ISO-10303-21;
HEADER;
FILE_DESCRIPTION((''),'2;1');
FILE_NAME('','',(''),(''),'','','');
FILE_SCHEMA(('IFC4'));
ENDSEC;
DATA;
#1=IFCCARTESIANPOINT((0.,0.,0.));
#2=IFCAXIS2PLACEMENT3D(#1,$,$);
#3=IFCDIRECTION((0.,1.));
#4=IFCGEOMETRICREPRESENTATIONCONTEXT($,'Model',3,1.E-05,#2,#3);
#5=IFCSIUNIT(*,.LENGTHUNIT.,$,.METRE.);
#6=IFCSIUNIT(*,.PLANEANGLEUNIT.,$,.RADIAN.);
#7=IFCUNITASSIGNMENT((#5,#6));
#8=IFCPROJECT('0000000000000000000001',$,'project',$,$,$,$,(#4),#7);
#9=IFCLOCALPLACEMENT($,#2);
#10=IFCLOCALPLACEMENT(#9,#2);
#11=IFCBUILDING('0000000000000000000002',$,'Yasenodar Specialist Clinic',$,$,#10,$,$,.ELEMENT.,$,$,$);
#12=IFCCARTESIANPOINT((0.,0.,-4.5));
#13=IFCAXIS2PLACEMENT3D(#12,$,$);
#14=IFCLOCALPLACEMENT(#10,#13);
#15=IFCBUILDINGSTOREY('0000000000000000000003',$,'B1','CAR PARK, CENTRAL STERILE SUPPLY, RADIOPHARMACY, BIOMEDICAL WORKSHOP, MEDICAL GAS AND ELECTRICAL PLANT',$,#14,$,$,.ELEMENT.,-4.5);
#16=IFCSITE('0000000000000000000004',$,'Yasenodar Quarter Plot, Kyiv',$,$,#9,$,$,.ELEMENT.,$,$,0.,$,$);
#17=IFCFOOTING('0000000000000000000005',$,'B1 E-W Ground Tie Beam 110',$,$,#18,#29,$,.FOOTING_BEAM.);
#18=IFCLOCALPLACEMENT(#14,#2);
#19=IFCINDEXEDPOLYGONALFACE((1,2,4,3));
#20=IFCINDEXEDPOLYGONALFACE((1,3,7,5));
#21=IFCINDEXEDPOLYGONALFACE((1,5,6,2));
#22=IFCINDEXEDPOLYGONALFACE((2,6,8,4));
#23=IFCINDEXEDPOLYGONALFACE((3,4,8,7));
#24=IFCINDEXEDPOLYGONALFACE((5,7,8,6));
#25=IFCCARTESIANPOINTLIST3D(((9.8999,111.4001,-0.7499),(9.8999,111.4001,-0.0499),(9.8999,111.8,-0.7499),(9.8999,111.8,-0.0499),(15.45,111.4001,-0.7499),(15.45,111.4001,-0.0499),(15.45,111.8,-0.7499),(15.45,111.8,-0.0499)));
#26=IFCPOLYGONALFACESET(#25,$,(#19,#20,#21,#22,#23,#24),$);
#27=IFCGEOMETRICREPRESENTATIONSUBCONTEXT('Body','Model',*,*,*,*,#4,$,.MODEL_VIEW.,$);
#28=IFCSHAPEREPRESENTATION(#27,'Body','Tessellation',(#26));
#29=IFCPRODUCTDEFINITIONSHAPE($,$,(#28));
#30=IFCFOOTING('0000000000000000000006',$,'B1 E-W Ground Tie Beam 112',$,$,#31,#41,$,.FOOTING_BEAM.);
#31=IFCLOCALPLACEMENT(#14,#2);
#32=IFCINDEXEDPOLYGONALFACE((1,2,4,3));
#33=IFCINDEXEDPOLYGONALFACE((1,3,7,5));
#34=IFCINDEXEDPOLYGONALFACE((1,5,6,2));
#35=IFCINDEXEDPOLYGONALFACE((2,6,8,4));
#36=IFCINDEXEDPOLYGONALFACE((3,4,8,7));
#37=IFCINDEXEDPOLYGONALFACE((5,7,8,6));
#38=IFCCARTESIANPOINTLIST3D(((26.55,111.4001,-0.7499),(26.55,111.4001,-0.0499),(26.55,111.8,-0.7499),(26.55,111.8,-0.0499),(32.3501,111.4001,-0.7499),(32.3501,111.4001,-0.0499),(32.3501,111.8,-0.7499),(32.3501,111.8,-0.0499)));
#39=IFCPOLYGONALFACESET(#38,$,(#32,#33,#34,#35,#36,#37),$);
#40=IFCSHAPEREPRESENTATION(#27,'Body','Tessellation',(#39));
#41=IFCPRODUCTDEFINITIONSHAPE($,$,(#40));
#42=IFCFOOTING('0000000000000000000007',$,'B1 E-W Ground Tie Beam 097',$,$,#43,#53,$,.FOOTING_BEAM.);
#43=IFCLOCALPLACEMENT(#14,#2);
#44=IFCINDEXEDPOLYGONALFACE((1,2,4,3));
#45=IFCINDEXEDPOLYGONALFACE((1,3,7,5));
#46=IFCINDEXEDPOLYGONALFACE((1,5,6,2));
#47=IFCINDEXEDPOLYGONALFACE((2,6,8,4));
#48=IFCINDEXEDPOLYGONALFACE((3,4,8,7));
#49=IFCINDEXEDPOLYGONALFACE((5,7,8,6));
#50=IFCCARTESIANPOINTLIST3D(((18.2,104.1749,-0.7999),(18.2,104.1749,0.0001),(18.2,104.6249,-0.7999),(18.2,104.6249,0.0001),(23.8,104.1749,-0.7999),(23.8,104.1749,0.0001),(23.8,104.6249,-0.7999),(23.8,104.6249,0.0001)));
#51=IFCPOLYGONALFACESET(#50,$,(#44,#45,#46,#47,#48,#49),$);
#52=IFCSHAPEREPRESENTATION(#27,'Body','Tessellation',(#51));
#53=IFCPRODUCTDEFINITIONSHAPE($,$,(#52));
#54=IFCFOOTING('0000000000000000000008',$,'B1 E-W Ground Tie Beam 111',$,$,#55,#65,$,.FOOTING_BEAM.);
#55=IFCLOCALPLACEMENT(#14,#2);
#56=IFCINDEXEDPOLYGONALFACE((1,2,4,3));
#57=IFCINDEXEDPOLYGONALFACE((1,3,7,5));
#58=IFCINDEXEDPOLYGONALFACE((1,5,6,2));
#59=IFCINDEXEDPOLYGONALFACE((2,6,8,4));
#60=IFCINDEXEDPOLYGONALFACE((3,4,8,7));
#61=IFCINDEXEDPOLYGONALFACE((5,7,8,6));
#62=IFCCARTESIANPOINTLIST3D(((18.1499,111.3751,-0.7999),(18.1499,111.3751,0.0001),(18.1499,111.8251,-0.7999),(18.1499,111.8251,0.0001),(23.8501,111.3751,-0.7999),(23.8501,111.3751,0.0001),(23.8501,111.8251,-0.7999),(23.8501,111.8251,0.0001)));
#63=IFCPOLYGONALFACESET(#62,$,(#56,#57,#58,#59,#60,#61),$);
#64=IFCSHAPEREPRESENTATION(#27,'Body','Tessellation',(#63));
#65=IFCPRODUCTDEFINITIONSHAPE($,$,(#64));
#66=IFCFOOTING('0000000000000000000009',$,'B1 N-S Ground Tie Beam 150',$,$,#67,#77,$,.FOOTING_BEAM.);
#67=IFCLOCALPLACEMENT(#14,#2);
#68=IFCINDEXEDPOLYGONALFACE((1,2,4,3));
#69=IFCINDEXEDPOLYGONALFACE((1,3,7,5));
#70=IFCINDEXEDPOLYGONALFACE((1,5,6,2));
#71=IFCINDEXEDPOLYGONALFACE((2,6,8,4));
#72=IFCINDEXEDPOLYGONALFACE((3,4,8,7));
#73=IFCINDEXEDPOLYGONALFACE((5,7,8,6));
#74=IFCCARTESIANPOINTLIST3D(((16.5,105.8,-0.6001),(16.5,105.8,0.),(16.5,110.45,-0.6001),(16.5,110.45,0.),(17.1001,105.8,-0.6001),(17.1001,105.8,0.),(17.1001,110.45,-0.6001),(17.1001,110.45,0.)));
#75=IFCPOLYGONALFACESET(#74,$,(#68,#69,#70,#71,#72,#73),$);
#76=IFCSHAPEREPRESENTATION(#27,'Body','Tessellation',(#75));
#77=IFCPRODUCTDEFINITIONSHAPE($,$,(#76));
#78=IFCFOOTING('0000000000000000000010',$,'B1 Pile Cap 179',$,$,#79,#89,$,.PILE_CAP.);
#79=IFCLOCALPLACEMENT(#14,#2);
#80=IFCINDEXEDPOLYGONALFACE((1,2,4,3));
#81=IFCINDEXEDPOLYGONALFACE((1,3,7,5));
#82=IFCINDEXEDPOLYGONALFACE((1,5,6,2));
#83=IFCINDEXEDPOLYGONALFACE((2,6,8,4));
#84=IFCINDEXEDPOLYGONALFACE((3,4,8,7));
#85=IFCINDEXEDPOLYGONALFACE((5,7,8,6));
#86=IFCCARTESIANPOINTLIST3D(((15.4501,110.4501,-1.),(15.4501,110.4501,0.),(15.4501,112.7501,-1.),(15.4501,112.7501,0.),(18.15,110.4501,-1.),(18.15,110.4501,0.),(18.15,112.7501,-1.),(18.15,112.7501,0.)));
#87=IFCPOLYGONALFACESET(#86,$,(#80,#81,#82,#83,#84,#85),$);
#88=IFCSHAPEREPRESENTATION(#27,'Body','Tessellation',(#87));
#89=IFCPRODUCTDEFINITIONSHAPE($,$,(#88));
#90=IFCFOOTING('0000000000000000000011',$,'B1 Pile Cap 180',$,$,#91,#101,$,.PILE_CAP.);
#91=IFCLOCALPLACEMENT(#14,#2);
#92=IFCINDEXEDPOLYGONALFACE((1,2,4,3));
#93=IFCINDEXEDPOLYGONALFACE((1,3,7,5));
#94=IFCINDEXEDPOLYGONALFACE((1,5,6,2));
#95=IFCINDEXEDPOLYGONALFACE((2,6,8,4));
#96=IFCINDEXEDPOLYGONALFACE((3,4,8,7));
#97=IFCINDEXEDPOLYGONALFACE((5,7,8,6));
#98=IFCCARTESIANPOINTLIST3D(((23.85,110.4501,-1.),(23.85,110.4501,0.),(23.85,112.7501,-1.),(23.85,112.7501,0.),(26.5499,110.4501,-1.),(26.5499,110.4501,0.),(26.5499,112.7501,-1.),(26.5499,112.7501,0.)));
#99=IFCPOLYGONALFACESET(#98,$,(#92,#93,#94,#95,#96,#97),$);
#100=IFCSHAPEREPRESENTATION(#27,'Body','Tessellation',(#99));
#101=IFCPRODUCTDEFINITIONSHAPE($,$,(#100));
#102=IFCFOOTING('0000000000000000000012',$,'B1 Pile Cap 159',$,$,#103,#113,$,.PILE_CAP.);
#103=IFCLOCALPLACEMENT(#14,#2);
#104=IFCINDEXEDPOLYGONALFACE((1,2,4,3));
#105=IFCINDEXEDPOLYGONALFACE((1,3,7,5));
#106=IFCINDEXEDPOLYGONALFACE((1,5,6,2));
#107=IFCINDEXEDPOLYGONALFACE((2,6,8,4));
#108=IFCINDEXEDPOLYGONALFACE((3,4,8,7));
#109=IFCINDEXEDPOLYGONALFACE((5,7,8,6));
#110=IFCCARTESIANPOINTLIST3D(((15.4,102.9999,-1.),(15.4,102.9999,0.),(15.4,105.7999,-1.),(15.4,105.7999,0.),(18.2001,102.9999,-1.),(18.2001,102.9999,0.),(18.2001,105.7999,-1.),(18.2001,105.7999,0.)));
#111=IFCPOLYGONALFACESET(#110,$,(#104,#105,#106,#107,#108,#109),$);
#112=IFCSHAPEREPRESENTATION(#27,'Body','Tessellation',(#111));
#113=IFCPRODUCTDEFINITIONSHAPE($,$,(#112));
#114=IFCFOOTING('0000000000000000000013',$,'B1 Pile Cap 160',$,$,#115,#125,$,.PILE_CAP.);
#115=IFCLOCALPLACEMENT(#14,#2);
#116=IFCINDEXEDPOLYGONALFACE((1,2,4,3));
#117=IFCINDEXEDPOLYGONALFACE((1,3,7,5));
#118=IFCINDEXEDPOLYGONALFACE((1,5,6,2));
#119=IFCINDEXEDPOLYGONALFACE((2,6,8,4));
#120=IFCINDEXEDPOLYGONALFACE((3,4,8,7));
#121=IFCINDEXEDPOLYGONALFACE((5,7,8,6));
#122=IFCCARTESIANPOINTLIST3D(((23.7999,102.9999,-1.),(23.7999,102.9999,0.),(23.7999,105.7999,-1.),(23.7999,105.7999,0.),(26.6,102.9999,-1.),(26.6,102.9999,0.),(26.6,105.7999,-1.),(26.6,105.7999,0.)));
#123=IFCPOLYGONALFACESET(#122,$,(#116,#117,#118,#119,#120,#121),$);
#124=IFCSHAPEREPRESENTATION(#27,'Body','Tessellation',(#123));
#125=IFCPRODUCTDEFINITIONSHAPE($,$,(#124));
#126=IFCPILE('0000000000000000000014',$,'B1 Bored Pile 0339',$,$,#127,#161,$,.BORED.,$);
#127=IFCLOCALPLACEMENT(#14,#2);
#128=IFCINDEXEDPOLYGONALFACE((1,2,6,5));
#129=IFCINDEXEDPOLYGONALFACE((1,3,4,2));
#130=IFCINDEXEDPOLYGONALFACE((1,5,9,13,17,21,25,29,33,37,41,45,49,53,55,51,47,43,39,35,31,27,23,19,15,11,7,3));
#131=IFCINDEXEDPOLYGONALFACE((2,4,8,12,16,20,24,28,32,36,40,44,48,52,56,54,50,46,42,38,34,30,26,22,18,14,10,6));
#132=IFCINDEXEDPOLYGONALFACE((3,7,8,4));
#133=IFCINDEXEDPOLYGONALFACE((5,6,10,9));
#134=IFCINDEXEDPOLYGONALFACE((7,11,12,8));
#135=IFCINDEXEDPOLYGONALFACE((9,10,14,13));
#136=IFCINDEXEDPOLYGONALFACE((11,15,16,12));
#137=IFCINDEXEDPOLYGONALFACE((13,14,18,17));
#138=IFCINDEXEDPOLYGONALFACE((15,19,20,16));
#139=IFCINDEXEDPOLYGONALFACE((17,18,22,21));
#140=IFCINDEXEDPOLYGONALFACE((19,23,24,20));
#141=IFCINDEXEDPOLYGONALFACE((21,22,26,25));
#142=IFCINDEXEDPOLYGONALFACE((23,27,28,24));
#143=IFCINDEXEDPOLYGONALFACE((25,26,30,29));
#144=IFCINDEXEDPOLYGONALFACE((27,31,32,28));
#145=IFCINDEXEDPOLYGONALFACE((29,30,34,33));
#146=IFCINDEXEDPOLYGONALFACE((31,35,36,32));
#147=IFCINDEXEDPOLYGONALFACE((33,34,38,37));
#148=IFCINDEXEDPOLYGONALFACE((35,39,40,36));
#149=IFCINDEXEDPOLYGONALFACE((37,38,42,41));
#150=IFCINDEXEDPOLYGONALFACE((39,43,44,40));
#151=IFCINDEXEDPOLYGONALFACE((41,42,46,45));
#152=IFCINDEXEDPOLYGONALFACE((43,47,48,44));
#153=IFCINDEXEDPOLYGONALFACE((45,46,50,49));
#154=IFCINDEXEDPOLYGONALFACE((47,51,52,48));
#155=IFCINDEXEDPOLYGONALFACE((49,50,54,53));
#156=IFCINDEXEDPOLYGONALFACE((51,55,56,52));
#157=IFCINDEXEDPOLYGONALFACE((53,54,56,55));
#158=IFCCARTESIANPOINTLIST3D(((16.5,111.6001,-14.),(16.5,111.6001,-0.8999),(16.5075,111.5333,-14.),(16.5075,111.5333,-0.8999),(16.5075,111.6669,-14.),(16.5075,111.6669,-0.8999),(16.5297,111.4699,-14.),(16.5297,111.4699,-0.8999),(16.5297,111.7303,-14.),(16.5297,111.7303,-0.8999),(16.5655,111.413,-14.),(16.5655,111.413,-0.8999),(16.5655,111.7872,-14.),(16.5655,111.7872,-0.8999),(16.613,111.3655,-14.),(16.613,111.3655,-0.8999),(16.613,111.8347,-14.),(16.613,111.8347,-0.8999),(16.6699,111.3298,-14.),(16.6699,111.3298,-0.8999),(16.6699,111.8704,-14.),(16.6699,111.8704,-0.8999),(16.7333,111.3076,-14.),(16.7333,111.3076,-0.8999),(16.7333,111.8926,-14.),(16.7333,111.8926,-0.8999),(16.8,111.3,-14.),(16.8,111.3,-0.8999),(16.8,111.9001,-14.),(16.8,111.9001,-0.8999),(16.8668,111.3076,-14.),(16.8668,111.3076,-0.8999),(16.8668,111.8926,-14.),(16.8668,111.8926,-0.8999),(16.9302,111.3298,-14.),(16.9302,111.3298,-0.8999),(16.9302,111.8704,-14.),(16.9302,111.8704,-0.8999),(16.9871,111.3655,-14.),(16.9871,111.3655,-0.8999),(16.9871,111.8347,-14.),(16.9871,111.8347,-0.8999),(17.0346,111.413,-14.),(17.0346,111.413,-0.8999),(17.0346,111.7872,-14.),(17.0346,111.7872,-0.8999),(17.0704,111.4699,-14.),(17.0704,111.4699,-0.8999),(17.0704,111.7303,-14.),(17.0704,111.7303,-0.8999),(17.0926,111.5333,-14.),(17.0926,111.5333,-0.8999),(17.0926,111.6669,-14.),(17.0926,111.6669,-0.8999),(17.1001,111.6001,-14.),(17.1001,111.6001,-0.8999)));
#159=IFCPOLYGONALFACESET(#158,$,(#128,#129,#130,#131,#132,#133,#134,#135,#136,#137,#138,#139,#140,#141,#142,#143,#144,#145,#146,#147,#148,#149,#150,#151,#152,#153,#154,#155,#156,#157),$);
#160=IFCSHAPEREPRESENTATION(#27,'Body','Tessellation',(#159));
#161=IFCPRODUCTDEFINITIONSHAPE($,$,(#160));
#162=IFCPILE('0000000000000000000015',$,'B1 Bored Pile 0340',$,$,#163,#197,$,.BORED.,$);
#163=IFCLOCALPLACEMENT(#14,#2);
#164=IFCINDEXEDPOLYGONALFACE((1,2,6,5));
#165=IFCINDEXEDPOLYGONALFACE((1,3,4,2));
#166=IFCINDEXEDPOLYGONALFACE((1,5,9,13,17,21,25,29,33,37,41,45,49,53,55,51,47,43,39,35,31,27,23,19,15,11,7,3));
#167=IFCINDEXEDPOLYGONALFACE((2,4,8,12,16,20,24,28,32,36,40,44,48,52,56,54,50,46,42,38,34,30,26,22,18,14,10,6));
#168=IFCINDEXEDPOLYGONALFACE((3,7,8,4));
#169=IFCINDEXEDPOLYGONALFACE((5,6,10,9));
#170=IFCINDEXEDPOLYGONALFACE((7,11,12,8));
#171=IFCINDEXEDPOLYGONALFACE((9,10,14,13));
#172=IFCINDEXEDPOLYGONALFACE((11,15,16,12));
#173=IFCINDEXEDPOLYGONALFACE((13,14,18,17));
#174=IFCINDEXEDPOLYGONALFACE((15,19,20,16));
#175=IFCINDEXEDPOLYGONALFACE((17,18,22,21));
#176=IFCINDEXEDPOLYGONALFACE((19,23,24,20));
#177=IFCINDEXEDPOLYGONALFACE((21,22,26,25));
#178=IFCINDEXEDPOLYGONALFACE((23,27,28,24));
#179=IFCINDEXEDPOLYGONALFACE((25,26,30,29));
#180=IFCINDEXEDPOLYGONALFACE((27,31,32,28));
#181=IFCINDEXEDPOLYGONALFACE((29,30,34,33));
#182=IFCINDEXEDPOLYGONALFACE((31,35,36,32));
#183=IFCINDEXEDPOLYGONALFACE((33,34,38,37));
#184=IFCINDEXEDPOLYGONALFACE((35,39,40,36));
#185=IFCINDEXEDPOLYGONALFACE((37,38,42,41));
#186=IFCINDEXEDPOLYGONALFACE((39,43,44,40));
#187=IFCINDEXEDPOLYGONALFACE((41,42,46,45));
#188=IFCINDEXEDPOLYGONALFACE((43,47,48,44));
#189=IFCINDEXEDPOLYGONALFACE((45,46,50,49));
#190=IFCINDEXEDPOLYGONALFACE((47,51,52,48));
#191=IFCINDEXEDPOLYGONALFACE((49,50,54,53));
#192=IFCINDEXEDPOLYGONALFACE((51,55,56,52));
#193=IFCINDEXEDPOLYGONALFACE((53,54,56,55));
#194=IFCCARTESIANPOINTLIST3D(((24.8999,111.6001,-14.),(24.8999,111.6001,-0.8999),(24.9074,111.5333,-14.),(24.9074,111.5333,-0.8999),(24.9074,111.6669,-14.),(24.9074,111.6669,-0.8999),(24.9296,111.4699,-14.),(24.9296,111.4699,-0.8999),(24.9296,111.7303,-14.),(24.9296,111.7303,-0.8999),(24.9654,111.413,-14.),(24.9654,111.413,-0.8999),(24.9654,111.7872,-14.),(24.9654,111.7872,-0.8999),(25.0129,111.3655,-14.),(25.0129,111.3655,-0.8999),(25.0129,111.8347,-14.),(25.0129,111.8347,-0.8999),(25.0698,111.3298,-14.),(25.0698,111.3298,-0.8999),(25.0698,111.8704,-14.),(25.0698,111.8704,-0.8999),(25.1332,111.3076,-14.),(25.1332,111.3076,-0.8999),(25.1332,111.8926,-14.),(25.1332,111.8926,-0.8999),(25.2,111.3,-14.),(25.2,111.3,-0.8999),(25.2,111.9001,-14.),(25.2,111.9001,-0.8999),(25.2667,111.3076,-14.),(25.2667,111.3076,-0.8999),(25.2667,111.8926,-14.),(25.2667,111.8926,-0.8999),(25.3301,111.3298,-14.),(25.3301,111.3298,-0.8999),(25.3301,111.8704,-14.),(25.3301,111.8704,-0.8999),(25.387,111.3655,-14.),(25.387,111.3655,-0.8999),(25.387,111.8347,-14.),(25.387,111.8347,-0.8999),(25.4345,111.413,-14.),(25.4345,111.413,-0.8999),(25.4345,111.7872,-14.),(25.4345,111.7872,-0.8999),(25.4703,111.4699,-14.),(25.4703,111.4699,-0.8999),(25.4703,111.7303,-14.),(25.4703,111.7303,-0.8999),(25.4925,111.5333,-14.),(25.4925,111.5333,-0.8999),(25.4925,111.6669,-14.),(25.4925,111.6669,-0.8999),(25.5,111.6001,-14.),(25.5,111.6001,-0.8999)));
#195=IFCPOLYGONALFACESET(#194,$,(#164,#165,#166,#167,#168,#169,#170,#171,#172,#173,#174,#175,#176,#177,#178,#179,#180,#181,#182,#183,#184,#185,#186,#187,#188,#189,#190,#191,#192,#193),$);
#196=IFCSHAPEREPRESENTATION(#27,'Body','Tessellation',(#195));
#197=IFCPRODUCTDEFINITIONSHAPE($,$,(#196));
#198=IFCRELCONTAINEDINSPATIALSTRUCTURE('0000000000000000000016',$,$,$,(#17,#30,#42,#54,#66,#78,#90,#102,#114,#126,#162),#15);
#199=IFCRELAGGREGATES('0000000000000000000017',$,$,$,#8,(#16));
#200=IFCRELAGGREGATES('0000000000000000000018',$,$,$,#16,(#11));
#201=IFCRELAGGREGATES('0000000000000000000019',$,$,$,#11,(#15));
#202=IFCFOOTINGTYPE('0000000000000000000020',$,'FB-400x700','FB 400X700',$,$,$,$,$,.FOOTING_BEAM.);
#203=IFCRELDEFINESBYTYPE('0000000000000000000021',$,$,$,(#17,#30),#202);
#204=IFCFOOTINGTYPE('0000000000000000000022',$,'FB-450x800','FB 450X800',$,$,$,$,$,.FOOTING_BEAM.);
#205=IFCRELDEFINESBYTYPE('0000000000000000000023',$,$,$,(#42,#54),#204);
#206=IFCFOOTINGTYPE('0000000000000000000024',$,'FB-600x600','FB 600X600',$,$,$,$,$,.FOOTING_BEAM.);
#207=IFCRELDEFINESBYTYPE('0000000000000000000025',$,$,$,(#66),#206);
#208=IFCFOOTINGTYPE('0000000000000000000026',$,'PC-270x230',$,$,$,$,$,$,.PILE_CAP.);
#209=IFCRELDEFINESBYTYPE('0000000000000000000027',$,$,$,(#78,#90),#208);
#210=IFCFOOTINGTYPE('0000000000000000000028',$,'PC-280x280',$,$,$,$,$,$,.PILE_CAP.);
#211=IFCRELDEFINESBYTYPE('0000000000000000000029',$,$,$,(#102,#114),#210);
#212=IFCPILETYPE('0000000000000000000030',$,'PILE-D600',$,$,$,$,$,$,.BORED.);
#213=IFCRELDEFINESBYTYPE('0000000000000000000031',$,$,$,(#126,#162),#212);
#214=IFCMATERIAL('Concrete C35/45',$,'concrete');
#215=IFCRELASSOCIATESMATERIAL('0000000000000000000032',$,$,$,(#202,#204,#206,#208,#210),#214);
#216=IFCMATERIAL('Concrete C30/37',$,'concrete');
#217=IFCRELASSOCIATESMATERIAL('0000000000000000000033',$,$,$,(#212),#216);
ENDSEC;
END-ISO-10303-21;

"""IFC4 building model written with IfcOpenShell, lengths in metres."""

from ifc_helpers import new_model, si_unit, direction, frame, origin, origin_2d, place, context, subcontext, project, spatial, rectangle, circle, extrude, material, material_profile, profile_set, type_object, element, save


model = new_model("IFC4")

# Units and contexts
model_context = context("Model", 3, precision=1e-05, world=origin(), true_north=direction((0.0, 1.0)))
body_context = subcontext(model_context, "Body", "Model", "MODEL_VIEW")
ifc_project = project(units=[si_unit("LENGTHUNIT", "METRE"), si_unit("PLANEANGLEUNIT", "RADIAN")], contexts=[model_context])

# Site, building, storey
site_placement = place(None, origin())
site = spatial("IfcSite", under=ifc_project, at=site_placement, Name="Yasenodar Quarter Plot, Kyiv", CompositionType="ELEMENT", RefElevation=0.0)
building_placement = place(site_placement, origin())
building = spatial("IfcBuilding", under=site, at=building_placement, Name="Yasenodar Specialist Clinic", CompositionType="ELEMENT")
storey_placement = place(building_placement, frame((0.0, 0.0, -4.5)))
storey = spatial("IfcBuildingStorey", under=building, at=storey_placement, Name="B1", Description="CAR PARK, CENTRAL STERILE SUPPLY, RADIOPHARMACY, BIOMEDICAL WORKSHOP, MEDICAL GAS AND ELECTRICAL PLANT", CompositionType="ELEMENT", Elevation=-4.5)

# Footings
ifc_material_1 = material(Name="Concrete C35/45", Category="concrete")
ifc_material_profile_1 = material_profile(ifc_material_1, rectangle(XDim=0.3999, YDim=0.7, at=origin_2d()), Name="RC 400x700")
ifc_profile_set_1 = profile_set([ifc_material_profile_1], Name="Concrete C35/45")
footing_type_1 = type_object("IfcFootingType", Name="FB-400x700", Description="FB 400X700", PredefinedType="FOOTING_BEAM", material=ifc_profile_set_1)
footing_1_placement = place(storey_placement, frame((9.8999, 111.6001, -0.3999), z_axis=(1.0, 0.0, 0.0), x_axis=(0.0, 1.0, 0.0)))
element("IfcFooting", 1, at=footing_1_placement, inside=storey, type_object=footing_type_1, Name="B1 E-W Ground Tie Beam 110", PredefinedType="FOOTING_BEAM", context=body_context, shape_type="SweptSolid", body=[
    extrude(rectangle(XDim=0.3999, YDim=0.7, at=origin_2d()), origin(), (0.0, 0.0, 1.0), 5.55),
])
footing_2_placement = place(storey_placement, frame((26.55, 111.6001, -0.3999), z_axis=(1.0, 0.0, 0.0), x_axis=(0.0, 1.0, 0.0)))
element("IfcFooting", 2, at=footing_2_placement, inside=storey, type_object=footing_type_1, Name="B1 E-W Ground Tie Beam 112", PredefinedType="FOOTING_BEAM", context=body_context, shape_type="SweptSolid", body=[
    extrude(rectangle(XDim=0.3999, YDim=0.7, at=origin_2d()), origin(), (0.0, 0.0, 1.0), 5.8),
])
ifc_material_profile_2 = material_profile(ifc_material_1, rectangle(XDim=0.45, YDim=0.8, at=origin_2d()), Name="RC 450x800")
ifc_profile_set_2 = profile_set([ifc_material_profile_2], Name="Concrete C35/45")
footing_type_2 = type_object("IfcFootingType", Name="FB-450x800", Description="FB 450X800", PredefinedType="FOOTING_BEAM", material=ifc_profile_set_2)
footing_3_placement = place(storey_placement, frame((18.2, 104.3999, -0.3999), z_axis=(1.0, 0.0, 0.0), x_axis=(0.0, 1.0, 0.0)))
element("IfcFooting", 3, at=footing_3_placement, inside=storey, type_object=footing_type_2, Name="B1 E-W Ground Tie Beam 097", PredefinedType="FOOTING_BEAM", context=body_context, shape_type="SweptSolid", body=[
    extrude(rectangle(XDim=0.45, YDim=0.8, at=origin_2d()), origin(), (0.0, 0.0, 1.0), 5.6001),
])
footing_4_placement = place(storey_placement, frame((18.1499, 111.6001, -0.3999), z_axis=(1.0, 0.0, 0.0), x_axis=(0.0, 1.0, 0.0)))
element("IfcFooting", 4, at=footing_4_placement, inside=storey, type_object=footing_type_2, Name="B1 E-W Ground Tie Beam 111", PredefinedType="FOOTING_BEAM", context=body_context, shape_type="SweptSolid", body=[
    extrude(rectangle(XDim=0.45, YDim=0.8, at=origin_2d()), origin(), (0.0, 0.0, 1.0), 5.7002),
])
ifc_material_profile_3 = material_profile(ifc_material_1, rectangle(XDim=0.6001, YDim=0.6001, at=origin_2d()), Name="RC 600x600")
ifc_profile_set_3 = profile_set([ifc_material_profile_3], Name="Concrete C35/45")
footing_type_3 = type_object("IfcFootingType", Name="FB-600x600", Description="FB 600X600", PredefinedType="FOOTING_BEAM", material=ifc_profile_set_3)
footing_5_placement = place(storey_placement, frame((16.8, 105.8, -0.3), z_axis=(0.0, 1.0, 0.0), x_axis=(-1.0, 0.0, 0.0)))
element("IfcFooting", 5, at=footing_5_placement, inside=storey, type_object=footing_type_3, Name="B1 N-S Ground Tie Beam 150", PredefinedType="FOOTING_BEAM", context=body_context, shape_type="SweptSolid", body=[
    extrude(rectangle(XDim=0.6001, YDim=0.6001, at=origin_2d()), origin(), (0.0, 0.0, 1.0), 4.6499),
])
footing_type_4 = type_object("IfcFootingType", Name="PC-270x230", PredefinedType="PILE_CAP", material=ifc_material_1)
for number, where, z_axis, x_axis, name in (
    (6, (16.8, 111.6001, -1.0), (0.0, 0.0, 1.0), (1.0, 0.0, 0.0), "B1 Pile Cap 179"),
    (7, (25.2, 111.6001, -1.0), (0.0, 0.0, 1.0), (1.0, 0.0, 0.0), "B1 Pile Cap 180"),
):
    element("IfcFooting", number, at=place(storey_placement, frame(where, z_axis=z_axis, x_axis=x_axis)), inside=storey, type_object=footing_type_4, Name=name, PredefinedType="PILE_CAP", context=body_context, shape_type="SweptSolid", body=[
        extrude(rectangle(XDim=2.7, YDim=2.3, at=origin_2d()), origin(), (0.0, 0.0, 1.0), 1.0),
    ])
footing_type_5 = type_object("IfcFootingType", Name="PC-280x280", PredefinedType="PILE_CAP", material=ifc_material_1)
for number, where, z_axis, x_axis, name in (
    (8, (16.8, 104.3999, -1.0), (0.0, 0.0, 1.0), (1.0, 0.0, 0.0), "B1 Pile Cap 159"),
    (9, (25.2, 104.3999, -1.0), (0.0, 0.0, 1.0), (1.0, 0.0, 0.0), "B1 Pile Cap 160"),
):
    element("IfcFooting", number, at=place(storey_placement, frame(where, z_axis=z_axis, x_axis=x_axis)), inside=storey, type_object=footing_type_5, Name=name, PredefinedType="PILE_CAP", context=body_context, shape_type="SweptSolid", body=[
        extrude(rectangle(XDim=2.8, YDim=2.8, at=origin_2d()), origin(), (0.0, 0.0, 1.0), 1.0),
    ])

# Piles
ifc_material_2 = material(Name="Concrete C30/37", Category="concrete")
ifc_material_profile_4 = material_profile(ifc_material_2, circle(Radius=0.3, at=origin_2d()), Name="PILE D600")
ifc_profile_set_4 = profile_set([ifc_material_profile_4], Name="Concrete C30/37")
pile_type_1 = type_object("IfcPileType", Name="PILE-D600", PredefinedType="BORED", material=ifc_profile_set_4)
for number, where, z_axis, x_axis, name in (
    (10, (16.8, 111.6001, -0.8999), (0.0, 0.0, -1.0), (1.0, 0.0, 0.0), "B1 Bored Pile 0339"),
    (11, (25.2, 111.6001, -0.8999), (0.0, 0.0, -1.0), (1.0, 0.0, 0.0), "B1 Bored Pile 0340"),
):
    element("IfcPile", number, at=place(storey_placement, frame(where, z_axis=z_axis, x_axis=x_axis)), inside=storey, type_object=pile_type_1, Name=name, PredefinedType="BORED", context=body_context, shape_type="SweptSolid", body=[
        extrude(circle(Radius=0.3, at=origin_2d()), origin(), (0.0, 0.0, 1.0), 13.1001),
    ])

save(model, "model.ifc")
